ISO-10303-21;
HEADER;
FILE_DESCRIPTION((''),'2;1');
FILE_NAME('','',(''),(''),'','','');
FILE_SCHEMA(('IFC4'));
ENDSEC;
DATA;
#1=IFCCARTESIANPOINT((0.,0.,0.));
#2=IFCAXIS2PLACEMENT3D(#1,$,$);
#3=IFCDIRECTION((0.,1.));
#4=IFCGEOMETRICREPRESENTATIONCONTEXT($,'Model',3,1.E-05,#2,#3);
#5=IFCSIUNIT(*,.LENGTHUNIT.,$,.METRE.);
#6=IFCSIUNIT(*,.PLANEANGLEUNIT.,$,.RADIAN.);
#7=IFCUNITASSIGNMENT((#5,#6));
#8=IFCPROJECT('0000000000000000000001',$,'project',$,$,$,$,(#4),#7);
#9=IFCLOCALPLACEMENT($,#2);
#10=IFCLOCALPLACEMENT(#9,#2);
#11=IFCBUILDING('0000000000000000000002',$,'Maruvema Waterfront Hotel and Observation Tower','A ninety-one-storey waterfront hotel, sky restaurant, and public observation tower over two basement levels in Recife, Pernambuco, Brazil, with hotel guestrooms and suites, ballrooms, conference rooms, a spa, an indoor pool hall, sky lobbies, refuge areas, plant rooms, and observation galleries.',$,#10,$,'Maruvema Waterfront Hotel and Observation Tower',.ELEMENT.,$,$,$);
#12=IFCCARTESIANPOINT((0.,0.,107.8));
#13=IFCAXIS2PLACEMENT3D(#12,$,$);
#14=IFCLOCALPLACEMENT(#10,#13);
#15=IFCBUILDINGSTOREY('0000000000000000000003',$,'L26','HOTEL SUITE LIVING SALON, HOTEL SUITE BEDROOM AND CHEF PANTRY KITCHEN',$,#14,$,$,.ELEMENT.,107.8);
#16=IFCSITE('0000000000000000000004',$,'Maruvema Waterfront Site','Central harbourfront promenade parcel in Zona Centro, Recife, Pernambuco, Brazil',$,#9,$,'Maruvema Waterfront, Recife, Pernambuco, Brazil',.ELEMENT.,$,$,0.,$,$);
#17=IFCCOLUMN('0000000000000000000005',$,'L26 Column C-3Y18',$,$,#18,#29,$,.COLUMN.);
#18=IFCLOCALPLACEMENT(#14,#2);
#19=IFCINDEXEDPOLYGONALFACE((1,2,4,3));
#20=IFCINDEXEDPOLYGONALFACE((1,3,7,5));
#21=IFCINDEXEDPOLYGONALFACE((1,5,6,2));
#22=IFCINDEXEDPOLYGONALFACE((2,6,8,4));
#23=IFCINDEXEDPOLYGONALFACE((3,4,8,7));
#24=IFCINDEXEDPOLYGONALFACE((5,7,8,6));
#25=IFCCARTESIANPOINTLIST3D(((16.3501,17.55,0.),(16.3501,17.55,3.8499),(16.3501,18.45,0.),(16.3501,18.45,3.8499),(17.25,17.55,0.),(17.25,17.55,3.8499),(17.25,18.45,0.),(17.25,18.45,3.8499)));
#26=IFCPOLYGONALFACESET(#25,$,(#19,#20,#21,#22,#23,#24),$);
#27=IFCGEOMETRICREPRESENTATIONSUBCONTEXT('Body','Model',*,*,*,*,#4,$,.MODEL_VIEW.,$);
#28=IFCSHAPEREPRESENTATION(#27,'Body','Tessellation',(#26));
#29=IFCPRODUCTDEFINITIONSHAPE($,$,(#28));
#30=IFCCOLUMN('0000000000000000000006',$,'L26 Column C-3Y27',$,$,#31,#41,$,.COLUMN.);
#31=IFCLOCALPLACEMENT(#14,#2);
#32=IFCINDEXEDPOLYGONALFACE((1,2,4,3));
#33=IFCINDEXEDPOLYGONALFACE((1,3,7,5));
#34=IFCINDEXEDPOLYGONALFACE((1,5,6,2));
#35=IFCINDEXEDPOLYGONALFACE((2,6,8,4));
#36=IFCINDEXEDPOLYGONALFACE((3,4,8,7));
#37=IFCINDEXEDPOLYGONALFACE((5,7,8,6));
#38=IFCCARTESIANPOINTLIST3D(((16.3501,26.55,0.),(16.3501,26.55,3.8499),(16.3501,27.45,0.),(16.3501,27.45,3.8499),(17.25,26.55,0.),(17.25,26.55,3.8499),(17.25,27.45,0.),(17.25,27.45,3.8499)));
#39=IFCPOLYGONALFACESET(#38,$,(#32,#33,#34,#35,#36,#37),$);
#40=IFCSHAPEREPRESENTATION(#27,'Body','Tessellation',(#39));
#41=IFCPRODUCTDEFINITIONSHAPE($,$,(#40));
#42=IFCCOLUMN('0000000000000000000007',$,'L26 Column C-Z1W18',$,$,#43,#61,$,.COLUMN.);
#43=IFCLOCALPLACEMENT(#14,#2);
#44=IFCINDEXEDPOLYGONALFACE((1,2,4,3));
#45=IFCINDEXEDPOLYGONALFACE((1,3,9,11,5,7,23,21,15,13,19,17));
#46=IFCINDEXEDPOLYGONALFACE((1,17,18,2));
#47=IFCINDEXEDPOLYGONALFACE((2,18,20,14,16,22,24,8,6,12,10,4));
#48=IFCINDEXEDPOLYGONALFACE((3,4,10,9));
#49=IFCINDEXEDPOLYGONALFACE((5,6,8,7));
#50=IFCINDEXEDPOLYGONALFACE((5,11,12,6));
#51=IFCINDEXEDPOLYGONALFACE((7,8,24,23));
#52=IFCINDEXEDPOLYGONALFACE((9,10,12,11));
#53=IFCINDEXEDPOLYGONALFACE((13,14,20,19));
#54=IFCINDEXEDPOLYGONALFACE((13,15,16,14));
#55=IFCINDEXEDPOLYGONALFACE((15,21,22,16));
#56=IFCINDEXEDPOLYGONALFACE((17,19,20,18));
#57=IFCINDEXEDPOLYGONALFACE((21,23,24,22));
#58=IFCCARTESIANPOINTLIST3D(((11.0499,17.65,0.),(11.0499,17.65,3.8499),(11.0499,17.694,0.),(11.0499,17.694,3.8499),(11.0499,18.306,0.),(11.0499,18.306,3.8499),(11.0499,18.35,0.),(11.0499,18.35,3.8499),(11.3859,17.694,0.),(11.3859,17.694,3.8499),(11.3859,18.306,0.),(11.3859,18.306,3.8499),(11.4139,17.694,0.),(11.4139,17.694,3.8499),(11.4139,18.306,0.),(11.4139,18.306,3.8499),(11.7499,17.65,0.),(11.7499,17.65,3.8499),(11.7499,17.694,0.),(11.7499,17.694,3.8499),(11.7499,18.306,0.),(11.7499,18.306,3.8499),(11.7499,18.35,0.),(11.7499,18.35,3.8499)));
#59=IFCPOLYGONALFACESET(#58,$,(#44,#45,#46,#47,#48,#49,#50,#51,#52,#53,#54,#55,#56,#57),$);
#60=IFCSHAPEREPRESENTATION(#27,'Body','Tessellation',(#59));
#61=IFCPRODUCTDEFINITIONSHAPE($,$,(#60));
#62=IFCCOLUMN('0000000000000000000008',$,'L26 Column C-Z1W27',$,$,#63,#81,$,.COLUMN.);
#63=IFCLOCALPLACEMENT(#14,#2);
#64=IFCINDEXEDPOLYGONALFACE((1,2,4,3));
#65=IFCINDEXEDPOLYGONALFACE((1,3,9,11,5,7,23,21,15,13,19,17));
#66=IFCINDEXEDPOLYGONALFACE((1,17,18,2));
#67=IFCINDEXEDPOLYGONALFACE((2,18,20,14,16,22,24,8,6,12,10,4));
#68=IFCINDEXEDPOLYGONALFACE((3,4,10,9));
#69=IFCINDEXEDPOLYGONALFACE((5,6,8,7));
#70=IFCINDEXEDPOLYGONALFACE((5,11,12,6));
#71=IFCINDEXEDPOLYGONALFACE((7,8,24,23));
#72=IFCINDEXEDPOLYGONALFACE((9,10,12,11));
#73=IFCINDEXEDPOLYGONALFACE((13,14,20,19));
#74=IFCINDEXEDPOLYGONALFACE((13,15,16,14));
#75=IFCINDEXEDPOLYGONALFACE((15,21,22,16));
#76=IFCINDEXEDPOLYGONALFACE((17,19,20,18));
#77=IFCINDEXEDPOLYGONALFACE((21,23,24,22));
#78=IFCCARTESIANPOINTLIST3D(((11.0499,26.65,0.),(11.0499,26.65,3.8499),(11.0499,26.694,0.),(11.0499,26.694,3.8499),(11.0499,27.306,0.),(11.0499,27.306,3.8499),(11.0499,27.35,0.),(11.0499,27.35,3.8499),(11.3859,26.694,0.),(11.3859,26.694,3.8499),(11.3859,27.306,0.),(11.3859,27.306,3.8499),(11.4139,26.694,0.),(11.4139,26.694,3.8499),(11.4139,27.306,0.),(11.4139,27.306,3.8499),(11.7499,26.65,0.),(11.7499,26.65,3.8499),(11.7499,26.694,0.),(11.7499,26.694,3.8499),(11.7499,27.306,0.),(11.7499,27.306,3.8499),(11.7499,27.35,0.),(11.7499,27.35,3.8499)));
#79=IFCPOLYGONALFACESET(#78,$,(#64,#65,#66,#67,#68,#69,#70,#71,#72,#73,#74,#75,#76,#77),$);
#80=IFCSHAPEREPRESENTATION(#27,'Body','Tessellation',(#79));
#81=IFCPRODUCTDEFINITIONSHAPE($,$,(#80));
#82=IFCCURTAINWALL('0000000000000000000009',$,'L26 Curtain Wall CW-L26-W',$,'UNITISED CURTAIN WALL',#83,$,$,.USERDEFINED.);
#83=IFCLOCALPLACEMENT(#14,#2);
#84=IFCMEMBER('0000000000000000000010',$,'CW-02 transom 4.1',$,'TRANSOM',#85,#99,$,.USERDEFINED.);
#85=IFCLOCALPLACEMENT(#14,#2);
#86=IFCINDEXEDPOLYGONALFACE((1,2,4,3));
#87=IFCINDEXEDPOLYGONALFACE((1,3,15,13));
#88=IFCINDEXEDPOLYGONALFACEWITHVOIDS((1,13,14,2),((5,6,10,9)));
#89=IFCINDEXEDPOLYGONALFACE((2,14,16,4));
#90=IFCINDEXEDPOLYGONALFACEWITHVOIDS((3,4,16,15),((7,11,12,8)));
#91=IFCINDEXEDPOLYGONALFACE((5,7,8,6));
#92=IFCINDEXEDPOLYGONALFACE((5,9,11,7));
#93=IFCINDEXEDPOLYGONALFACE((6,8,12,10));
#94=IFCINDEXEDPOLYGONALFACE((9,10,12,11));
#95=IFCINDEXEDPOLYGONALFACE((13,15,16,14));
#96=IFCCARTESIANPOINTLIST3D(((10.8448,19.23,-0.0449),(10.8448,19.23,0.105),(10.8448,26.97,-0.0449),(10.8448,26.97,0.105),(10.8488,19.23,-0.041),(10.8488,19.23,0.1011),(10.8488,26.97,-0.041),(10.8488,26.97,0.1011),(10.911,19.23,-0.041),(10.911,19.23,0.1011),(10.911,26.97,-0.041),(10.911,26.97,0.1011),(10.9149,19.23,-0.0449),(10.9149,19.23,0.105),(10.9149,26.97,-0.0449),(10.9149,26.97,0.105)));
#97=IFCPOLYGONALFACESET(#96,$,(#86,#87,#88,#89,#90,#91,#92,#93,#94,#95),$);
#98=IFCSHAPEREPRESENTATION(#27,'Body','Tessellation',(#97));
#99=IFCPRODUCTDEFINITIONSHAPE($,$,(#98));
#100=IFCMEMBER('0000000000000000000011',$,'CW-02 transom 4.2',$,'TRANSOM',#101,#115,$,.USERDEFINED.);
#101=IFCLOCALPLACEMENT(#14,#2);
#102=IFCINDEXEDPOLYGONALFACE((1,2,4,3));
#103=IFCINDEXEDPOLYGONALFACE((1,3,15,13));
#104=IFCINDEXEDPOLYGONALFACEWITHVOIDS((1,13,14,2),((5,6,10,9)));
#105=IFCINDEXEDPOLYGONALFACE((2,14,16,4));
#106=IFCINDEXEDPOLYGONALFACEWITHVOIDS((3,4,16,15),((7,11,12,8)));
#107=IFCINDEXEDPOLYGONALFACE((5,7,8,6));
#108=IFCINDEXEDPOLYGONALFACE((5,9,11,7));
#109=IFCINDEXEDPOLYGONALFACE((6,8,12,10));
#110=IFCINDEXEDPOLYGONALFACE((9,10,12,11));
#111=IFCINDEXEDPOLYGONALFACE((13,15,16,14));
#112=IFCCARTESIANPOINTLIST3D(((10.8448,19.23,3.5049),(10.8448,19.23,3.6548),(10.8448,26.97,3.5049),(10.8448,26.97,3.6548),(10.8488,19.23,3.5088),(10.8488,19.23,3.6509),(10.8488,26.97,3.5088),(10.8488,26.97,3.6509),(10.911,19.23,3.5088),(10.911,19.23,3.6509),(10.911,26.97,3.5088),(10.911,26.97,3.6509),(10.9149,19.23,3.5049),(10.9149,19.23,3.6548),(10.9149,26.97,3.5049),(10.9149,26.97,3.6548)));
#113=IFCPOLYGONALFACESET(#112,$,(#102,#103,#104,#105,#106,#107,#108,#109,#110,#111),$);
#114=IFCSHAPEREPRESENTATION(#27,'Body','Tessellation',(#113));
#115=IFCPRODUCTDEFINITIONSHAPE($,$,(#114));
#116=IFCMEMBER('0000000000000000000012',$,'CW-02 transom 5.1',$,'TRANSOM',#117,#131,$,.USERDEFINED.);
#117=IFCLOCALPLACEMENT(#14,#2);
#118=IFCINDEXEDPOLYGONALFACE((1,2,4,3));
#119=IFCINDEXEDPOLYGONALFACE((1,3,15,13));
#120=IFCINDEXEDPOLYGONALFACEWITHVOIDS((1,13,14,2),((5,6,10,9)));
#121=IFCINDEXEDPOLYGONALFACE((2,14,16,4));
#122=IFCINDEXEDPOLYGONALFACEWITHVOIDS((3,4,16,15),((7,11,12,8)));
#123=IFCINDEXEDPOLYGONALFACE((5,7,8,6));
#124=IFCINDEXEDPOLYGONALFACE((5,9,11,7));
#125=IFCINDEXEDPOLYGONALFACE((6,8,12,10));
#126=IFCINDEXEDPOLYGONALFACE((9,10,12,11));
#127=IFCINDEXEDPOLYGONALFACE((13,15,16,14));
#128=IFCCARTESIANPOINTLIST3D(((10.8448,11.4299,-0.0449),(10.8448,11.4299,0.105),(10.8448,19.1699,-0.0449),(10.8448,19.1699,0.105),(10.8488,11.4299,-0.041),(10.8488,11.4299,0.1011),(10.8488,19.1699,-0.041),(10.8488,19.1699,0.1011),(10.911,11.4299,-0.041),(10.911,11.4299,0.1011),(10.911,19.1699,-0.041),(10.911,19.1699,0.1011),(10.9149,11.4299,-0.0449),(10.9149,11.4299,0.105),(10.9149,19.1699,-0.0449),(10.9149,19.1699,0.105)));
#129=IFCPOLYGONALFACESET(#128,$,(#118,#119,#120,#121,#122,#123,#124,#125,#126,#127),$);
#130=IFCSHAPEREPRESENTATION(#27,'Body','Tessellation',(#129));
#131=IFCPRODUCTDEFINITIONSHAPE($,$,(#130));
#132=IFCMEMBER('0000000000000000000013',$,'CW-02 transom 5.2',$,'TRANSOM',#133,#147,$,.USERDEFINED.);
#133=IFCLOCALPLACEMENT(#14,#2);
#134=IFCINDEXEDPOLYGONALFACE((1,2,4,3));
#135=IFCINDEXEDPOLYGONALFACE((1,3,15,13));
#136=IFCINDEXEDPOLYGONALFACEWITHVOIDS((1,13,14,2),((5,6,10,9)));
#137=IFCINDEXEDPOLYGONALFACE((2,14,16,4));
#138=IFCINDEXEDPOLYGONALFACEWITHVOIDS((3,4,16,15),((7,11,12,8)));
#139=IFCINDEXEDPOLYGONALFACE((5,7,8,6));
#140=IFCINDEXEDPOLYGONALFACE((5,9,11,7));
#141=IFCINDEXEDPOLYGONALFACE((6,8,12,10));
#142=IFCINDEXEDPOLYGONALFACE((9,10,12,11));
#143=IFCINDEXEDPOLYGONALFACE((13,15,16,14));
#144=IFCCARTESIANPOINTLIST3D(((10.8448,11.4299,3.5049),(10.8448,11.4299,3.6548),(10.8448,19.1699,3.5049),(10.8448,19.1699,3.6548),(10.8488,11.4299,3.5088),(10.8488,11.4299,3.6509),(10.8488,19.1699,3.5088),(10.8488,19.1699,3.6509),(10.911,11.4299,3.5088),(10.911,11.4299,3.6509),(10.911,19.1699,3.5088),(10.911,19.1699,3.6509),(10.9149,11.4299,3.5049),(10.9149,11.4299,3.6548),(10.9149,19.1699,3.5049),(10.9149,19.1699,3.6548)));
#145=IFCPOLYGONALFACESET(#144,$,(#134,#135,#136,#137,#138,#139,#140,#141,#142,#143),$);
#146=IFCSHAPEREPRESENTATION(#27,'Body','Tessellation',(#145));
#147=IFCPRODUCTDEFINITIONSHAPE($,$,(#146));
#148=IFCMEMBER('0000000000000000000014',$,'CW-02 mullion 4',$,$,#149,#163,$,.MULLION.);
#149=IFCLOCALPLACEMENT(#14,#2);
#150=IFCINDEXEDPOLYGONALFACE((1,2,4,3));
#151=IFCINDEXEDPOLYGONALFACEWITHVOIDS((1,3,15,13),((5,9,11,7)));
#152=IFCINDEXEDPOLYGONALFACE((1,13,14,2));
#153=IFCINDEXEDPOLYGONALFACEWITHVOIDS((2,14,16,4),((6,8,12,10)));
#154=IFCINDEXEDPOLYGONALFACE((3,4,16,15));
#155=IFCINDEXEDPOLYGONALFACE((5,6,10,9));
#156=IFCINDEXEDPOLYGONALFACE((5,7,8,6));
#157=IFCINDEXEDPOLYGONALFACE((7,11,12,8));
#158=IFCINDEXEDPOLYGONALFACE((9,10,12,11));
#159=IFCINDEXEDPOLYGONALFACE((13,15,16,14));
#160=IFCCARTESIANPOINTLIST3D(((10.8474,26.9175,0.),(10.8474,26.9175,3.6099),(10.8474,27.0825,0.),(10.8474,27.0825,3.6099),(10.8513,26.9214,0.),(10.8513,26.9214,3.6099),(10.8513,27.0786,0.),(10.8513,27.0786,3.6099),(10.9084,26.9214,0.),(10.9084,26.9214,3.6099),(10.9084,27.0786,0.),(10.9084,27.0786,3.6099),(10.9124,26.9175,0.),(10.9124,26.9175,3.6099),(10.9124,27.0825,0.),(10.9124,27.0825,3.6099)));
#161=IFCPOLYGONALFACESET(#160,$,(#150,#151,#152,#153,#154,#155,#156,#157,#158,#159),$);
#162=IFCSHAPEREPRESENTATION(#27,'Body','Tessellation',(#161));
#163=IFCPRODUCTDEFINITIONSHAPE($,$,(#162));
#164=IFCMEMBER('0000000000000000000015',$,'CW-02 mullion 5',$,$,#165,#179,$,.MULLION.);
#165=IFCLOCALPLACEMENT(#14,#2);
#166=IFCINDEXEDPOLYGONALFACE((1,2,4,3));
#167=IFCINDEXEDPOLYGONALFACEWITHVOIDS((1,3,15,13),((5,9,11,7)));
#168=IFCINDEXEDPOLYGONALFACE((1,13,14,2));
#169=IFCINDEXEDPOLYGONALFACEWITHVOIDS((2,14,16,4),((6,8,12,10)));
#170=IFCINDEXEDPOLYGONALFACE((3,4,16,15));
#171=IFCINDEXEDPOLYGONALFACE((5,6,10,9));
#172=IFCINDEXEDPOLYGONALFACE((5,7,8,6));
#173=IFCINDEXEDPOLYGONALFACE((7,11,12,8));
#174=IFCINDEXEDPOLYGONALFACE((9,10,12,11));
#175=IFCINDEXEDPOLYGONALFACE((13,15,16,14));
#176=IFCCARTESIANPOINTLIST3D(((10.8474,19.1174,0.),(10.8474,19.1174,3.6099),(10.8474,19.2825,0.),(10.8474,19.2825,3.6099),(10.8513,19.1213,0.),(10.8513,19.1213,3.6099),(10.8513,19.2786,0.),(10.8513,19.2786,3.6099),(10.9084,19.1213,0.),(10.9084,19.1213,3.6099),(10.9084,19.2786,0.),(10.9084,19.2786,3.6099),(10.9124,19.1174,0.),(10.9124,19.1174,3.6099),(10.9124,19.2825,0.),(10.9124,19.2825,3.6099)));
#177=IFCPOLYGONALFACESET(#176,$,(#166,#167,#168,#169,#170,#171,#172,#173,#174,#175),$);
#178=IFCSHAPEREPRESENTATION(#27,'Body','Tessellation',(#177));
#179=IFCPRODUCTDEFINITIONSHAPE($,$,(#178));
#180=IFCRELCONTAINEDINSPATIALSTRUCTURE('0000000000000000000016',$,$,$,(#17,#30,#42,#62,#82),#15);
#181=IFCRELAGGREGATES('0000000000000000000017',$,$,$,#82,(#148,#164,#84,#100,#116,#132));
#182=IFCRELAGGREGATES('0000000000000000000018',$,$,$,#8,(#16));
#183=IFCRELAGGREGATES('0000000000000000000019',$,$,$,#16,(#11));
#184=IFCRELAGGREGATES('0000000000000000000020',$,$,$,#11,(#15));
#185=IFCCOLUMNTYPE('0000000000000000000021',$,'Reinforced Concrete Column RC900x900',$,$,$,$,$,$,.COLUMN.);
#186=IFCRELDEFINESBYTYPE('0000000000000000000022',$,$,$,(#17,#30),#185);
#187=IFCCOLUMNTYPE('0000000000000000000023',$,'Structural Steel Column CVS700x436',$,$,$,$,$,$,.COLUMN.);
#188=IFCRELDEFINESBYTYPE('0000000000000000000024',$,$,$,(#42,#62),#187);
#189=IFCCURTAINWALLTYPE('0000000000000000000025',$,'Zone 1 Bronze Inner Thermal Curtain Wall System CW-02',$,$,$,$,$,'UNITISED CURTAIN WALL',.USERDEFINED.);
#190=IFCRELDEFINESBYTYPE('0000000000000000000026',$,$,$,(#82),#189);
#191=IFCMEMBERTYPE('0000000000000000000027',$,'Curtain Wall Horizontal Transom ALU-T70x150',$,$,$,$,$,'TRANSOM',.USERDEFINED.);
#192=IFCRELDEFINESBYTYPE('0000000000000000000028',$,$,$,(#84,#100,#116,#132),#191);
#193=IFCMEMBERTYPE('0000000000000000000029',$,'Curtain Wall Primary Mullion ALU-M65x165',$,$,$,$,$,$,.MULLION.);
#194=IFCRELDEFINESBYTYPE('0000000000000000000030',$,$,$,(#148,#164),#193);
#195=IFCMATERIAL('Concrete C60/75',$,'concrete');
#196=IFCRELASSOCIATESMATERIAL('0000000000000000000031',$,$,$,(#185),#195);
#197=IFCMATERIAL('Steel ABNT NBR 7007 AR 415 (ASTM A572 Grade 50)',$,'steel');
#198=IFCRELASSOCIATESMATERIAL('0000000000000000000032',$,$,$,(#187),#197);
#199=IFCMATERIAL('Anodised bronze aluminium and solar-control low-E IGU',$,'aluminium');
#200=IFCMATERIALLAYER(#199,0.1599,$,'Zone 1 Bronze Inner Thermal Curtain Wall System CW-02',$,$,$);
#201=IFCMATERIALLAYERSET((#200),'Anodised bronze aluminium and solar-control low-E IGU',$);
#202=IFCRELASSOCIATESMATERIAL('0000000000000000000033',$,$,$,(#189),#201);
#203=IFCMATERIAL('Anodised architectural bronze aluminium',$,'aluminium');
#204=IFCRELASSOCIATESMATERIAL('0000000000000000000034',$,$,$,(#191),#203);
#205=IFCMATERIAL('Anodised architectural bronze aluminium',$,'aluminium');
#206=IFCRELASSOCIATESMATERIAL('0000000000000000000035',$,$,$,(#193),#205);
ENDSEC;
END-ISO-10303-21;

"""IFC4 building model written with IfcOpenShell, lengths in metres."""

from ifc_helpers import new_model, si_unit, direction, frame, origin, origin_2d, place, context, subcontext, project, spatial, rectangle, hollow_rectangle, i_section, extrude, material, layer, layer_set, material_profile, profile_set, type_object, element, aggregate, save


model = new_model("IFC4")

# Units and contexts
model_context = context("Model", 3, precision=1e-05, world=origin(), true_north=direction((0.0, 1.0)))
body_context = subcontext(model_context, "Body", "Model", "MODEL_VIEW")
ifc_project = project(units=[si_unit("LENGTHUNIT", "METRE"), si_unit("PLANEANGLEUNIT", "RADIAN")], contexts=[model_context])

# Site, building, storey
site_placement = place(None, origin())
site = spatial("IfcSite", under=ifc_project, at=site_placement, Name="Maruvema Waterfront Site", Description="Central harbourfront promenade parcel in Zona Centro, Recife, Pernambuco, Brazil", LongName="Maruvema Waterfront, Recife, Pernambuco, Brazil", CompositionType="ELEMENT", RefElevation=0.0)
building_placement = place(site_placement, origin())
building = spatial("IfcBuilding", under=site, at=building_placement, Name="Maruvema Waterfront Hotel and Observation Tower", Description="A ninety-one-storey waterfront hotel, sky restaurant, and public observation tower over two basement levels in Recife, Pernambuco, Brazil, with hotel guestrooms and suites, ballrooms, conference rooms, a spa, an indoor pool hall, sky lobbies, refuge areas, plant rooms, and observation galleries.", LongName="Maruvema Waterfront Hotel and Observation Tower", CompositionType="ELEMENT")
storey_placement = place(building_placement, frame((0.0, 0.0, 107.8)))
storey = spatial("IfcBuildingStorey", under=building, at=storey_placement, Name="L26", Description="HOTEL SUITE LIVING SALON, HOTEL SUITE BEDROOM AND CHEF PANTRY KITCHEN", CompositionType="ELEMENT", Elevation=107.8)

# Columns
ifc_material_1 = material(Name="Concrete C60/75", Category="concrete")
ifc_material_profile_1 = material_profile(ifc_material_1, rectangle(XDim=0.8999, YDim=0.8999, at=origin_2d()), Name="RC900x900")
ifc_profile_set_1 = profile_set([ifc_material_profile_1], Name="Concrete C60/75")
column_type_1 = type_object("IfcColumnType", Name="Reinforced Concrete Column RC900x900", PredefinedType="COLUMN", material=ifc_profile_set_1)
for number, where, z_axis, x_axis, name in (
    (1, (16.8, 18.0, 0.0), (0.0, 0.0, 1.0), (1.0, 0.0, 0.0), "L26 Column C-3Y18"),
    (2, (16.8, 27.0, 0.0), (0.0, 0.0, 1.0), (1.0, 0.0, 0.0), "L26 Column C-3Y27"),
):
    element("IfcColumn", number, at=place(storey_placement, frame(where, z_axis=z_axis, x_axis=x_axis)), inside=storey, type_object=column_type_1, Name=name, PredefinedType="COLUMN", context=body_context, shape_type="SweptSolid", body=[
        extrude(rectangle(XDim=0.8999, YDim=0.8999, at=origin_2d()), origin(), (0.0, 0.0, 1.0), 3.8499),
    ])
ifc_material_2 = material(Name="Steel ABNT NBR 7007 AR 415 (ASTM A572 Grade 50)", Category="steel")
ifc_material_profile_2 = material_profile(ifc_material_2, i_section(OverallWidth=0.7, OverallDepth=0.7, WebThickness=0.0281, FlangeThickness=0.0439, at=origin_2d()), Name="CVS700x436")
ifc_profile_set_2 = profile_set([ifc_material_profile_2], Name="Steel ABNT NBR 7007 AR 415 (ASTM A572 Grade 50)")
column_type_2 = type_object("IfcColumnType", Name="Structural Steel Column CVS700x436", PredefinedType="COLUMN", material=ifc_profile_set_2)
for number, where, z_axis, x_axis, name in (
    (3, (11.3999, 18.0, 0.0), (0.0, 0.0, 1.0), (1.0, 0.0, 0.0), "L26 Column C-Z1W18"),
    (4, (11.3999, 27.0, 0.0), (0.0, 0.0, 1.0), (1.0, 0.0, 0.0), "L26 Column C-Z1W27"),
):
    element("IfcColumn", number, at=place(storey_placement, frame(where, z_axis=z_axis, x_axis=x_axis)), inside=storey, type_object=column_type_2, Name=name, PredefinedType="COLUMN", context=body_context, shape_type="SweptSolid", body=[
        extrude(i_section(OverallWidth=0.7, OverallDepth=0.7, WebThickness=0.0281, FlangeThickness=0.0439, at=origin_2d()), origin(), (0.0, 0.0, 1.0), 3.8499),
    ])

# Curtain wall, members
ifc_material_3 = material(Name="Anodised bronze aluminium and solar-control low-E IGU", Category="aluminium")
ifc_layer_1 = layer(ifc_material_3, 0.1599, Name="Zone 1 Bronze Inner Thermal Curtain Wall System CW-02")
ifc_layer_set_1 = layer_set([ifc_layer_1], Name="Anodised bronze aluminium and solar-control low-E IGU")
curtain_wall_type = type_object("IfcCurtainWallType", Name="Zone 1 Bronze Inner Thermal Curtain Wall System CW-02", ElementType="UNITISED CURTAIN WALL", PredefinedType="USERDEFINED", material=ifc_layer_set_1)
curtain_wall_placement = place(storey_placement, origin())
curtain_wall = element("IfcCurtainWall", 5, at=curtain_wall_placement, inside=storey, type_object=curtain_wall_type, Name="L26 Curtain Wall CW-L26-W", ObjectType="UNITISED CURTAIN WALL", PredefinedType="USERDEFINED")
ifc_material_4 = material(Name="Anodised architectural bronze aluminium", Category="aluminium")
ifc_material_profile_3 = material_profile(ifc_material_4, hollow_rectangle(XDim=0.0701, YDim=0.1499, WallThickness=0.0039, at=origin_2d()), Name="ALU-T70x150")
ifc_profile_set_3 = profile_set([ifc_material_profile_3], Name="Anodised architectural bronze aluminium")
member_type_1 = type_object("IfcMemberType", Name="Curtain Wall Horizontal Transom ALU-T70x150", ElementType="TRANSOM", PredefinedType="USERDEFINED", material=ifc_profile_set_3)
member_1_placement = place(storey_placement, frame((10.8799, 26.97, 0.03), z_axis=(0.0, -1.0, 0.0), x_axis=(1.0, 0.0, 0.0)))
member_1 = element("IfcMember", 6, at=member_1_placement, type_object=member_type_1, Name="CW-02 transom 4.1", ObjectType="TRANSOM", PredefinedType="USERDEFINED", context=body_context, shape_type="SweptSolid", body=[
    extrude(hollow_rectangle(XDim=0.0701, YDim=0.1499, WallThickness=0.0039, at=origin_2d()), origin(), (0.0, 0.0, 1.0), 7.74),
])
member_2_placement = place(storey_placement, frame((10.8799, 26.97, 3.5798), z_axis=(0.0, -1.0, 0.0), x_axis=(1.0, 0.0, 0.0)))
member_2 = element("IfcMember", 7, at=member_2_placement, type_object=member_type_1, Name="CW-02 transom 4.2", ObjectType="TRANSOM", PredefinedType="USERDEFINED", context=body_context, shape_type="SweptSolid", body=[
    extrude(hollow_rectangle(XDim=0.0701, YDim=0.1499, WallThickness=0.0039, at=origin_2d()), origin(), (0.0, 0.0, 1.0), 7.74),
])
member_3_placement = place(storey_placement, frame((10.8799, 19.1699, 0.03), z_axis=(0.0, -1.0, 0.0), x_axis=(1.0, 0.0, 0.0)))
member_3 = element("IfcMember", 8, at=member_3_placement, type_object=member_type_1, Name="CW-02 transom 5.1", ObjectType="TRANSOM", PredefinedType="USERDEFINED", context=body_context, shape_type="SweptSolid", body=[
    extrude(hollow_rectangle(XDim=0.0701, YDim=0.1499, WallThickness=0.0039, at=origin_2d()), origin(), (0.0, 0.0, 1.0), 7.74),
])
member_4_placement = place(storey_placement, frame((10.8799, 19.1699, 3.5798), z_axis=(0.0, -1.0, 0.0), x_axis=(1.0, 0.0, 0.0)))
member_4 = element("IfcMember", 9, at=member_4_placement, type_object=member_type_1, Name="CW-02 transom 5.2", ObjectType="TRANSOM", PredefinedType="USERDEFINED", context=body_context, shape_type="SweptSolid", body=[
    extrude(hollow_rectangle(XDim=0.0701, YDim=0.1499, WallThickness=0.0039, at=origin_2d()), origin(), (0.0, 0.0, 1.0), 7.74),
])
ifc_material_5 = material(Name="Anodised architectural bronze aluminium", Category="aluminium")
ifc_material_profile_4 = material_profile(ifc_material_5, hollow_rectangle(XDim=0.0649, YDim=0.165, WallThickness=0.0039, at=origin_2d()), Name="ALU-M65x165")
ifc_profile_set_4 = profile_set([ifc_material_profile_4], Name="Anodised architectural bronze aluminium")
member_type_2 = type_object("IfcMemberType", Name="Curtain Wall Primary Mullion ALU-M65x165", PredefinedType="MULLION", material=ifc_profile_set_4)
member_5_placement = place(storey_placement, frame((10.8799, 27.0, 0.0), z_axis=(0.0, 0.0, 1.0), x_axis=(1.0, 0.0, 0.0)))
member_5 = element("IfcMember", 10, at=member_5_placement, type_object=member_type_2, Name="CW-02 mullion 4", PredefinedType="MULLION", context=body_context, shape_type="SweptSolid", body=[
    extrude(hollow_rectangle(XDim=0.0649, YDim=0.165, WallThickness=0.0039, at=origin_2d()), origin(), (0.0, 0.0, 1.0), 3.6099),
])
member_6_placement = place(storey_placement, frame((10.8799, 19.2, 0.0), z_axis=(0.0, 0.0, 1.0), x_axis=(1.0, 0.0, 0.0)))
member_6 = element("IfcMember", 11, at=member_6_placement, type_object=member_type_2, Name="CW-02 mullion 5", PredefinedType="MULLION", context=body_context, shape_type="SweptSolid", body=[
    extrude(hollow_rectangle(XDim=0.0649, YDim=0.165, WallThickness=0.0039, at=origin_2d()), origin(), (0.0, 0.0, 1.0), 3.6099),
])

aggregate(curtain_wall, [member_5, member_6, member_1, member_2, member_3, member_4])

save(model, "model.ifc")
